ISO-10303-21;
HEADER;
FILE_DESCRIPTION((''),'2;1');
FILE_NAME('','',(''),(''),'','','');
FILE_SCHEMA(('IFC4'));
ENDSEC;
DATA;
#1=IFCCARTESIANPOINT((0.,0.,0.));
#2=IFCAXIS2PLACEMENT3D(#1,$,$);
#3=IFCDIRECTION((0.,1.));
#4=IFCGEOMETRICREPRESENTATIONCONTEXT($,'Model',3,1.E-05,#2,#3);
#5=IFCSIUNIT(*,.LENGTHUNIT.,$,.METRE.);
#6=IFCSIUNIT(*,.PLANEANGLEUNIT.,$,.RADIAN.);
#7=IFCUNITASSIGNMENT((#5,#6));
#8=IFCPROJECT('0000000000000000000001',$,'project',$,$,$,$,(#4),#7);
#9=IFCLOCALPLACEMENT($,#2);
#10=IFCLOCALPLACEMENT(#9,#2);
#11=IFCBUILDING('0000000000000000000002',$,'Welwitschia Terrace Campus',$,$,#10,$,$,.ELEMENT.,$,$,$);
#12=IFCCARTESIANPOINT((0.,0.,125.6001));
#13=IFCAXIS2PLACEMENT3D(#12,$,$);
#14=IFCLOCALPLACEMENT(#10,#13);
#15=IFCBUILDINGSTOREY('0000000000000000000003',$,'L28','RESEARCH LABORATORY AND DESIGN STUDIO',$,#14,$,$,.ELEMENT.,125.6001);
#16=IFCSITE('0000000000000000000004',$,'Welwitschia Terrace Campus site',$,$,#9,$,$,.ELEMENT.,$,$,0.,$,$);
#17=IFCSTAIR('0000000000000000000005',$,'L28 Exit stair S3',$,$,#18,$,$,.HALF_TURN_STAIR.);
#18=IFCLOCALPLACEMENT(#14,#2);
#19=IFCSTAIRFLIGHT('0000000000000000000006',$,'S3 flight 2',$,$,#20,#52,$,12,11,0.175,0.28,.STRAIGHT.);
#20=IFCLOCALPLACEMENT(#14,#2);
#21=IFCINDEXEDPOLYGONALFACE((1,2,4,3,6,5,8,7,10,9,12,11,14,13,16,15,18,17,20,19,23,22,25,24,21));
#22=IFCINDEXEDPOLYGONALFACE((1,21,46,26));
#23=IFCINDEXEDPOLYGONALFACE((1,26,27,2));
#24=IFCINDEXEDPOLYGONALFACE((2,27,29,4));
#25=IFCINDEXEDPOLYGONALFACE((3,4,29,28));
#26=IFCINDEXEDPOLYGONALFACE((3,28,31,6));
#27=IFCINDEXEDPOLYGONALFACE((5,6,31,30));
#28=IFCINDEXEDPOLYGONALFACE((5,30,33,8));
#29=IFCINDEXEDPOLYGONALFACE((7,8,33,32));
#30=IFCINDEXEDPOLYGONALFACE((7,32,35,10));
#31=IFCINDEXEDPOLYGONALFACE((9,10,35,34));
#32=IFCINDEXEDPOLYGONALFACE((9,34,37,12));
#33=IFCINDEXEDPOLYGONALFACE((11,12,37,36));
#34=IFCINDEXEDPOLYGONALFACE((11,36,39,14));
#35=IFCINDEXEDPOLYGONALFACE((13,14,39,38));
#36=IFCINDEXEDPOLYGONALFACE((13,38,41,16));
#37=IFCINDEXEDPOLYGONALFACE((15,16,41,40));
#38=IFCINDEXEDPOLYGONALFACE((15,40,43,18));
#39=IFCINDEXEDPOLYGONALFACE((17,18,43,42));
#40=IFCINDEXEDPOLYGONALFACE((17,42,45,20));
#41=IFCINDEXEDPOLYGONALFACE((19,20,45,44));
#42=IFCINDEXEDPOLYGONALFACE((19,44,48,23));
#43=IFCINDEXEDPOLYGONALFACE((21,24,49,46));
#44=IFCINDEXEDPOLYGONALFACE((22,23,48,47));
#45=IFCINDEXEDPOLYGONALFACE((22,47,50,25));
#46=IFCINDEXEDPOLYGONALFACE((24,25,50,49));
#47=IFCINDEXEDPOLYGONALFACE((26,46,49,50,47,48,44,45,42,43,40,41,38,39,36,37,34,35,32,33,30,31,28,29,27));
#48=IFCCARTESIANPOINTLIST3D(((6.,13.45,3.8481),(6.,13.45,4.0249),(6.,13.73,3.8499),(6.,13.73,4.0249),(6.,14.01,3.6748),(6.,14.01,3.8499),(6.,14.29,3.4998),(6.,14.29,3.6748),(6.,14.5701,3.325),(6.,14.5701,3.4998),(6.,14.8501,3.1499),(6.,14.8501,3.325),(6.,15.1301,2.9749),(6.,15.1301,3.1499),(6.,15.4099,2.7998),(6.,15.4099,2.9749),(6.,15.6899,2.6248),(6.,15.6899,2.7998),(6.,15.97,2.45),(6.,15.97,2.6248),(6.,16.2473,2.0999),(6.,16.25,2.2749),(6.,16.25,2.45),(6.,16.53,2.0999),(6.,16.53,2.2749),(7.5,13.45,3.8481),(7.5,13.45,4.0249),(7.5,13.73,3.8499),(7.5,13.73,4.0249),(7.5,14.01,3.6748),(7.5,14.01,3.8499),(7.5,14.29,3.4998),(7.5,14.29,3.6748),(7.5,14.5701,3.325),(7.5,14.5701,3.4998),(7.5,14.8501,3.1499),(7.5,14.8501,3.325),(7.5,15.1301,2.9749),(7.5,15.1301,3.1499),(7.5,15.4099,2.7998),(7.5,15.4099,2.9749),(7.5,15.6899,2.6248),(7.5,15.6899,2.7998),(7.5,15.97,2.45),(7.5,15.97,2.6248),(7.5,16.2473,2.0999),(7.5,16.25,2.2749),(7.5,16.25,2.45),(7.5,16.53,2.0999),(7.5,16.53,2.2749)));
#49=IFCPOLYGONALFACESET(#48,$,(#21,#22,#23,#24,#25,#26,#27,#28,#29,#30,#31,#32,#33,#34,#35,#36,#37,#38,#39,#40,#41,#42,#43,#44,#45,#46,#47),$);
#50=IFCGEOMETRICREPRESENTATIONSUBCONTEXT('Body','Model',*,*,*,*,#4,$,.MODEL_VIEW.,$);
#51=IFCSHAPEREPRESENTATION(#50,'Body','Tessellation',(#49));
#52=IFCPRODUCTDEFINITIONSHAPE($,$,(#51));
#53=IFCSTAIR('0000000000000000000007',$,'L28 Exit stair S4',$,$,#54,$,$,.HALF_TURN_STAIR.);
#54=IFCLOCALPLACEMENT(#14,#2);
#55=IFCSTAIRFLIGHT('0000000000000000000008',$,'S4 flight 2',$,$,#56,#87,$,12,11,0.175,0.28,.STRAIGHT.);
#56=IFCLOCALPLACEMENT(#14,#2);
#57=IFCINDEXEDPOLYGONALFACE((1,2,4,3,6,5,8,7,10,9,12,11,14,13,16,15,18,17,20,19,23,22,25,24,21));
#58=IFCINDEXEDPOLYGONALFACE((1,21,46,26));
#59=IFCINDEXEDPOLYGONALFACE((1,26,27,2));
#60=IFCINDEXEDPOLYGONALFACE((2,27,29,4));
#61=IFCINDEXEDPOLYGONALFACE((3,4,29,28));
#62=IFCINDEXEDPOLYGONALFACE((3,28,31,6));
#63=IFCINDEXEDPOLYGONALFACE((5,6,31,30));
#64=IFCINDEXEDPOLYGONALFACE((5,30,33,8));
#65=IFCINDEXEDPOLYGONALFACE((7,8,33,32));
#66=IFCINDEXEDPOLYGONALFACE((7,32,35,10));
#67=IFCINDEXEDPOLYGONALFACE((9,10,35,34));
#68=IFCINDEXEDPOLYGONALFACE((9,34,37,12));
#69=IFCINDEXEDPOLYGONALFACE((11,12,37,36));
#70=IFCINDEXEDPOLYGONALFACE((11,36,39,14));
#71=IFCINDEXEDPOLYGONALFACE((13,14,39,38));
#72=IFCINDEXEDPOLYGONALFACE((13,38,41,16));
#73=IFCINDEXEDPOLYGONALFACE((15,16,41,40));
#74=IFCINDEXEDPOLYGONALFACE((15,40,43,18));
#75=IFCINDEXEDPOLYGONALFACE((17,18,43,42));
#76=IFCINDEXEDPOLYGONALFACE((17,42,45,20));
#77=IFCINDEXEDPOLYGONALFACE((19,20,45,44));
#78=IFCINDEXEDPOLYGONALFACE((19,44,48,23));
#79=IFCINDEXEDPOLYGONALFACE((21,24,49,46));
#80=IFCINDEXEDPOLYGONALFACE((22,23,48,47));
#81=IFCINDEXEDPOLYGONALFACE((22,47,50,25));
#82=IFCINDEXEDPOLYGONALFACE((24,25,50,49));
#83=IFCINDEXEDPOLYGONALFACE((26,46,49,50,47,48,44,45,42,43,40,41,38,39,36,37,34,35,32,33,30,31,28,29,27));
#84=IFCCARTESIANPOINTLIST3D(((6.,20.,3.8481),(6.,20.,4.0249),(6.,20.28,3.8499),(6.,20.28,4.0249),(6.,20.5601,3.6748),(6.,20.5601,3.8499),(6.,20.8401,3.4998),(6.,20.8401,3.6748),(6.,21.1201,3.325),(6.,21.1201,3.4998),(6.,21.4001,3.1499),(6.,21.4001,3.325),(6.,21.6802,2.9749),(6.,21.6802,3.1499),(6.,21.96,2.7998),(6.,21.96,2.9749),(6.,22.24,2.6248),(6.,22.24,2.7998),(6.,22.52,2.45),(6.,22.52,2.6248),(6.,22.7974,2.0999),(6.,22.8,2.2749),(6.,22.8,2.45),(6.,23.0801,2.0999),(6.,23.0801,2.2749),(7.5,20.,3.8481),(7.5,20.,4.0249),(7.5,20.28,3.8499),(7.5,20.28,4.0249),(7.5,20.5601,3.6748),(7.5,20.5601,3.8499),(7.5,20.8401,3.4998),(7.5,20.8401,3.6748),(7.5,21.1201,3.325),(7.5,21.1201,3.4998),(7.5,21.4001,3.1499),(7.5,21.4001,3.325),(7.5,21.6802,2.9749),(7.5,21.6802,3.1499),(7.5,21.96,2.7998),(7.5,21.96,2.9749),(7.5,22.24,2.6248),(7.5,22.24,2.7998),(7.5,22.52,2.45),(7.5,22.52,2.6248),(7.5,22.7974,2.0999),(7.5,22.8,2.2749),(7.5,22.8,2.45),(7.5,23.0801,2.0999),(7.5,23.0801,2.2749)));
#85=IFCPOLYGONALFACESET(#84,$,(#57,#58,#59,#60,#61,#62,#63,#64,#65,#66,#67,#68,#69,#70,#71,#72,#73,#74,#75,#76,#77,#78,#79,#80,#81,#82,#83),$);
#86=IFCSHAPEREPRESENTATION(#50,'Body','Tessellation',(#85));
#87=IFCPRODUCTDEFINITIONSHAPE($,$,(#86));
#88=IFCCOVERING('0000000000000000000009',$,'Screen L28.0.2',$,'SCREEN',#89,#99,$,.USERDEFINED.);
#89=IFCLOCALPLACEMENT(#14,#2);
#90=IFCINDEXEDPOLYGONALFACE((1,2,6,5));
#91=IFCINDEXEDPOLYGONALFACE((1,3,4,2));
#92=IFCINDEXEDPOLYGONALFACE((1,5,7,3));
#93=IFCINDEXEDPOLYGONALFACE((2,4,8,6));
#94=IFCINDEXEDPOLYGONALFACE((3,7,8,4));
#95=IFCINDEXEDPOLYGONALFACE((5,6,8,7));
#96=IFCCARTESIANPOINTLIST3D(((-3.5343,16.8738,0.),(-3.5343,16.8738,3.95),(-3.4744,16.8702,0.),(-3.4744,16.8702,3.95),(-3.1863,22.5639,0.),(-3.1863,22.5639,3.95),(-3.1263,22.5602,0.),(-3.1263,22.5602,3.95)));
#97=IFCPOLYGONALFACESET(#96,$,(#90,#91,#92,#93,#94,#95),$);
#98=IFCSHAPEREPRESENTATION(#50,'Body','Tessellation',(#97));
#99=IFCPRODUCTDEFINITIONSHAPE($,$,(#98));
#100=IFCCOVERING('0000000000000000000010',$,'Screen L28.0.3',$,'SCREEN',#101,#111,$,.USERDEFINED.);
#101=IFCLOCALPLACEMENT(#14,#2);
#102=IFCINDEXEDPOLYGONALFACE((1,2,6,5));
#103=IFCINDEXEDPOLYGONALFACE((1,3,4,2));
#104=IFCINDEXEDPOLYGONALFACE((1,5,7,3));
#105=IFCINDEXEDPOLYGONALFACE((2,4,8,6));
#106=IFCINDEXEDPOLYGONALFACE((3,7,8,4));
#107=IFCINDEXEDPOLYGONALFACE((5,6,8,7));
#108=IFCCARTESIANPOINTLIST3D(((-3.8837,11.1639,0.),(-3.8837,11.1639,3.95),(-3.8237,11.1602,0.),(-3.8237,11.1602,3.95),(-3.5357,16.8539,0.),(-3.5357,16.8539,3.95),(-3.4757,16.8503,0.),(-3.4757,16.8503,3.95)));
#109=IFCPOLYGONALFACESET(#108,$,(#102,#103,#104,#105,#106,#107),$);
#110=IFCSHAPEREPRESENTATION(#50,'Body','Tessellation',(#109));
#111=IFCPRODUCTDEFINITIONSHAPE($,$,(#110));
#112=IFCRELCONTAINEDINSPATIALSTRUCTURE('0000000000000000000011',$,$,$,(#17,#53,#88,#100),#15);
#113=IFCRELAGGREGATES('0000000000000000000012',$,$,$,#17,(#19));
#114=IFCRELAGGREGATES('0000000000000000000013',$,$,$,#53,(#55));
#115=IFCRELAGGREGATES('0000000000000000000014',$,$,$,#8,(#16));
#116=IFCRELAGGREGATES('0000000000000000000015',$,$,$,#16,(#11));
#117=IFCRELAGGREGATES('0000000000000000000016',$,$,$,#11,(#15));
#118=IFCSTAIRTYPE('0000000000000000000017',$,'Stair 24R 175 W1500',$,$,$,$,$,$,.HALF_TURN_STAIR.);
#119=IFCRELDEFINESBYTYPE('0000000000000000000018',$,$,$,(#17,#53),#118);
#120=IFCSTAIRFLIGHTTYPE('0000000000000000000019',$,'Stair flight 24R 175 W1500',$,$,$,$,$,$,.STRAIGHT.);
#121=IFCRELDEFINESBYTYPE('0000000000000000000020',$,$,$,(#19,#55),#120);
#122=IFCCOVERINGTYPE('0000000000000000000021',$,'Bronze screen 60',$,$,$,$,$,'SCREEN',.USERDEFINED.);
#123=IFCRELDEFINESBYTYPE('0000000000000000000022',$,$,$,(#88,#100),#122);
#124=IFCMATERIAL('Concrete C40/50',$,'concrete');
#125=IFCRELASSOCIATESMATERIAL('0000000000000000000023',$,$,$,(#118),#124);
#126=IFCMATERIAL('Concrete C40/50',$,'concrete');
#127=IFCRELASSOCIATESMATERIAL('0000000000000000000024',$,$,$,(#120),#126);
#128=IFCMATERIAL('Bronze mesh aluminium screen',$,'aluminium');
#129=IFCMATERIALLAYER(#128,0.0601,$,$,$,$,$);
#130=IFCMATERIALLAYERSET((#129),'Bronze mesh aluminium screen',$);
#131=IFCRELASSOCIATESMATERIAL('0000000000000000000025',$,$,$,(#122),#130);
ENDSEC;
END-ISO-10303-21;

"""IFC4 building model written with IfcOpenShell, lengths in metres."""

from ifc_helpers import new_model, si_unit, direction, frame, origin, origin_2d, place, context, subcontext, project, spatial, polyline, rectangle, outline, extrude, material, layer, layer_set, type_object, element, aggregate, save


model = new_model("IFC4")

# Units and contexts
model_context = context("Model", 3, precision=1e-05, world=origin(), true_north=direction((0.0, 1.0)))
body_context = subcontext(model_context, "Body", "Model", "MODEL_VIEW")
ifc_project = project(units=[si_unit("LENGTHUNIT", "METRE"), si_unit("PLANEANGLEUNIT", "RADIAN")], contexts=[model_context])

# Site, building, storey
site_placement = place(None, origin())
site = spatial("IfcSite", under=ifc_project, at=site_placement, Name="Welwitschia Terrace Campus site", CompositionType="ELEMENT", RefElevation=0.0)
building_placement = place(site_placement, origin())
building = spatial("IfcBuilding", under=site, at=building_placement, Name="Welwitschia Terrace Campus", CompositionType="ELEMENT")
storey_placement = place(building_placement, frame((0.0, 0.0, 125.6001)))
storey = spatial("IfcBuildingStorey", under=building, at=storey_placement, Name="L28", Description="RESEARCH LABORATORY AND DESIGN STUDIO", CompositionType="ELEMENT", Elevation=125.6001)

# Stairs, stair flights
ifc_material_1 = material(Name="Concrete C40/50", Category="concrete")
stair_type = type_object("IfcStairType", Name="Stair 24R 175 W1500", PredefinedType="HALF_TURN_STAIR", material=ifc_material_1)
stair_1_placement = place(storey_placement, origin())
stair_1 = element("IfcStair", 1, at=stair_1_placement, inside=storey, type_object=stair_type, Name="L28 Exit stair S3", PredefinedType="HALF_TURN_STAIR")
ifc_material_2 = material(Name="Concrete C40/50", Category="concrete")
stair_flight_type = type_object("IfcStairFlightType", Name="Stair flight 24R 175 W1500", PredefinedType="STRAIGHT", material=ifc_material_2)
stair_flight_1_placement = place(storey_placement, frame((6.75, 16.53, 2.0999), z_axis=(0.0, 0.0, 1.0), x_axis=(0.0, -1.0, 0.0)))
stair_flight_1 = element("IfcStairFlight", 2, at=stair_flight_1_placement, type_object=stair_flight_type, Name="S3 flight 2", NumberOfRisers=12, NumberOfTreads=11, PredefinedType="STRAIGHT", RiserHeight=0.175, TreadLength=0.28, context=body_context, shape_type="SweptSolid", body=[
    extrude(outline(polyline([(0.0, 0.0), (0.0, 0.175), (0.28, 0.175), (0.28, 0.3501), (0.5601, 0.3501), (0.5601, 0.5249), (0.8401, 0.5249), (0.8401, 0.7), (1.1201, 0.7), (1.1201, 0.875), (1.3999, 0.875), (1.3999, 1.05), (1.6799, 1.05), (1.6799, 1.2251), (1.96, 1.2251), (1.96, 1.3999), (2.24, 1.3999), (2.24, 1.575), (2.52, 1.575), (2.52, 1.75), (2.8, 1.75), (2.8, 1.925), (3.0801, 1.925), (3.0801, 2.1001), (3.0801, 1.7483), (0.2827, 0.0), (0.0, 0.0)])), frame((0.0, 0.75, 0.0), z_axis=(0.0, -1.0, 0.0), x_axis=(1.0, 0.0, 0.0)), (0.0, 0.0, 1.0), 1.5),
])
aggregate(stair_1, [stair_flight_1])
stair_2_placement = place(storey_placement, origin())
stair_2 = element("IfcStair", 3, at=stair_2_placement, inside=storey, type_object=stair_type, Name="L28 Exit stair S4", PredefinedType="HALF_TURN_STAIR")
stair_flight_2_placement = place(storey_placement, frame((6.75, 23.0801, 2.0999), z_axis=(0.0, 0.0, 1.0), x_axis=(0.0, -1.0, 0.0)))
stair_flight_2 = element("IfcStairFlight", 4, at=stair_flight_2_placement, type_object=stair_flight_type, Name="S4 flight 2", NumberOfRisers=12, NumberOfTreads=11, PredefinedType="STRAIGHT", RiserHeight=0.175, TreadLength=0.28, context=body_context, shape_type="SweptSolid", body=[
    extrude(outline(polyline([(0.0, 0.0), (0.0, 0.175), (0.28, 0.175), (0.28, 0.3501), (0.5601, 0.3501), (0.5601, 0.5249), (0.8401, 0.5249), (0.8401, 0.7), (1.1201, 0.7), (1.1201, 0.875), (1.3999, 0.875), (1.3999, 1.05), (1.6799, 1.05), (1.6799, 1.2251), (1.96, 1.2251), (1.96, 1.3999), (2.24, 1.3999), (2.24, 1.575), (2.52, 1.575), (2.52, 1.75), (2.8, 1.75), (2.8, 1.925), (3.0801, 1.925), (3.0801, 2.1001), (3.0801, 1.7483), (0.2827, 0.0), (0.0, 0.0)])), frame((0.0, 0.75, 0.0), z_axis=(0.0, -1.0, 0.0), x_axis=(1.0, 0.0, 0.0)), (0.0, 0.0, 1.0), 1.5),
])
aggregate(stair_2, [stair_flight_2])

# Coverings
ifc_material_3 = material(Name="Bronze mesh aluminium screen", Category="aluminium")
ifc_layer_1 = layer(ifc_material_3, 0.0601)
ifc_layer_set_1 = layer_set([ifc_layer_1], Name="Bronze mesh aluminium screen")
covering_type = type_object("IfcCoveringType", Name="Bronze screen 60", ElementType="SCREEN", PredefinedType="USERDEFINED", material=ifc_layer_set_1)
for number, where, z_axis, x_axis, name in (
    (5, (-3.3303, 19.717, 0.0), (0.0, 0.0, 1.0), (-0.061049, -0.998135, 0.0), "Screen L28.0.2"),
    (6, (-3.6797, 14.0071, 0.0), (0.0, 0.0, 1.0), (-0.061049, -0.998135, 0.0), "Screen L28.0.3"),
):
    element("IfcCovering", number, at=place(storey_placement, frame(where, z_axis=z_axis, x_axis=x_axis)), inside=storey, type_object=covering_type, Name=name, ObjectType="SCREEN", PredefinedType="USERDEFINED", context=body_context, shape_type="SweptSolid", body=[
        extrude(rectangle(XDim=5.7007, YDim=0.0601, at=origin_2d()), origin(), (0.0, 0.0, 1.0), 3.95),
    ])

save(model, "model.ifc")
